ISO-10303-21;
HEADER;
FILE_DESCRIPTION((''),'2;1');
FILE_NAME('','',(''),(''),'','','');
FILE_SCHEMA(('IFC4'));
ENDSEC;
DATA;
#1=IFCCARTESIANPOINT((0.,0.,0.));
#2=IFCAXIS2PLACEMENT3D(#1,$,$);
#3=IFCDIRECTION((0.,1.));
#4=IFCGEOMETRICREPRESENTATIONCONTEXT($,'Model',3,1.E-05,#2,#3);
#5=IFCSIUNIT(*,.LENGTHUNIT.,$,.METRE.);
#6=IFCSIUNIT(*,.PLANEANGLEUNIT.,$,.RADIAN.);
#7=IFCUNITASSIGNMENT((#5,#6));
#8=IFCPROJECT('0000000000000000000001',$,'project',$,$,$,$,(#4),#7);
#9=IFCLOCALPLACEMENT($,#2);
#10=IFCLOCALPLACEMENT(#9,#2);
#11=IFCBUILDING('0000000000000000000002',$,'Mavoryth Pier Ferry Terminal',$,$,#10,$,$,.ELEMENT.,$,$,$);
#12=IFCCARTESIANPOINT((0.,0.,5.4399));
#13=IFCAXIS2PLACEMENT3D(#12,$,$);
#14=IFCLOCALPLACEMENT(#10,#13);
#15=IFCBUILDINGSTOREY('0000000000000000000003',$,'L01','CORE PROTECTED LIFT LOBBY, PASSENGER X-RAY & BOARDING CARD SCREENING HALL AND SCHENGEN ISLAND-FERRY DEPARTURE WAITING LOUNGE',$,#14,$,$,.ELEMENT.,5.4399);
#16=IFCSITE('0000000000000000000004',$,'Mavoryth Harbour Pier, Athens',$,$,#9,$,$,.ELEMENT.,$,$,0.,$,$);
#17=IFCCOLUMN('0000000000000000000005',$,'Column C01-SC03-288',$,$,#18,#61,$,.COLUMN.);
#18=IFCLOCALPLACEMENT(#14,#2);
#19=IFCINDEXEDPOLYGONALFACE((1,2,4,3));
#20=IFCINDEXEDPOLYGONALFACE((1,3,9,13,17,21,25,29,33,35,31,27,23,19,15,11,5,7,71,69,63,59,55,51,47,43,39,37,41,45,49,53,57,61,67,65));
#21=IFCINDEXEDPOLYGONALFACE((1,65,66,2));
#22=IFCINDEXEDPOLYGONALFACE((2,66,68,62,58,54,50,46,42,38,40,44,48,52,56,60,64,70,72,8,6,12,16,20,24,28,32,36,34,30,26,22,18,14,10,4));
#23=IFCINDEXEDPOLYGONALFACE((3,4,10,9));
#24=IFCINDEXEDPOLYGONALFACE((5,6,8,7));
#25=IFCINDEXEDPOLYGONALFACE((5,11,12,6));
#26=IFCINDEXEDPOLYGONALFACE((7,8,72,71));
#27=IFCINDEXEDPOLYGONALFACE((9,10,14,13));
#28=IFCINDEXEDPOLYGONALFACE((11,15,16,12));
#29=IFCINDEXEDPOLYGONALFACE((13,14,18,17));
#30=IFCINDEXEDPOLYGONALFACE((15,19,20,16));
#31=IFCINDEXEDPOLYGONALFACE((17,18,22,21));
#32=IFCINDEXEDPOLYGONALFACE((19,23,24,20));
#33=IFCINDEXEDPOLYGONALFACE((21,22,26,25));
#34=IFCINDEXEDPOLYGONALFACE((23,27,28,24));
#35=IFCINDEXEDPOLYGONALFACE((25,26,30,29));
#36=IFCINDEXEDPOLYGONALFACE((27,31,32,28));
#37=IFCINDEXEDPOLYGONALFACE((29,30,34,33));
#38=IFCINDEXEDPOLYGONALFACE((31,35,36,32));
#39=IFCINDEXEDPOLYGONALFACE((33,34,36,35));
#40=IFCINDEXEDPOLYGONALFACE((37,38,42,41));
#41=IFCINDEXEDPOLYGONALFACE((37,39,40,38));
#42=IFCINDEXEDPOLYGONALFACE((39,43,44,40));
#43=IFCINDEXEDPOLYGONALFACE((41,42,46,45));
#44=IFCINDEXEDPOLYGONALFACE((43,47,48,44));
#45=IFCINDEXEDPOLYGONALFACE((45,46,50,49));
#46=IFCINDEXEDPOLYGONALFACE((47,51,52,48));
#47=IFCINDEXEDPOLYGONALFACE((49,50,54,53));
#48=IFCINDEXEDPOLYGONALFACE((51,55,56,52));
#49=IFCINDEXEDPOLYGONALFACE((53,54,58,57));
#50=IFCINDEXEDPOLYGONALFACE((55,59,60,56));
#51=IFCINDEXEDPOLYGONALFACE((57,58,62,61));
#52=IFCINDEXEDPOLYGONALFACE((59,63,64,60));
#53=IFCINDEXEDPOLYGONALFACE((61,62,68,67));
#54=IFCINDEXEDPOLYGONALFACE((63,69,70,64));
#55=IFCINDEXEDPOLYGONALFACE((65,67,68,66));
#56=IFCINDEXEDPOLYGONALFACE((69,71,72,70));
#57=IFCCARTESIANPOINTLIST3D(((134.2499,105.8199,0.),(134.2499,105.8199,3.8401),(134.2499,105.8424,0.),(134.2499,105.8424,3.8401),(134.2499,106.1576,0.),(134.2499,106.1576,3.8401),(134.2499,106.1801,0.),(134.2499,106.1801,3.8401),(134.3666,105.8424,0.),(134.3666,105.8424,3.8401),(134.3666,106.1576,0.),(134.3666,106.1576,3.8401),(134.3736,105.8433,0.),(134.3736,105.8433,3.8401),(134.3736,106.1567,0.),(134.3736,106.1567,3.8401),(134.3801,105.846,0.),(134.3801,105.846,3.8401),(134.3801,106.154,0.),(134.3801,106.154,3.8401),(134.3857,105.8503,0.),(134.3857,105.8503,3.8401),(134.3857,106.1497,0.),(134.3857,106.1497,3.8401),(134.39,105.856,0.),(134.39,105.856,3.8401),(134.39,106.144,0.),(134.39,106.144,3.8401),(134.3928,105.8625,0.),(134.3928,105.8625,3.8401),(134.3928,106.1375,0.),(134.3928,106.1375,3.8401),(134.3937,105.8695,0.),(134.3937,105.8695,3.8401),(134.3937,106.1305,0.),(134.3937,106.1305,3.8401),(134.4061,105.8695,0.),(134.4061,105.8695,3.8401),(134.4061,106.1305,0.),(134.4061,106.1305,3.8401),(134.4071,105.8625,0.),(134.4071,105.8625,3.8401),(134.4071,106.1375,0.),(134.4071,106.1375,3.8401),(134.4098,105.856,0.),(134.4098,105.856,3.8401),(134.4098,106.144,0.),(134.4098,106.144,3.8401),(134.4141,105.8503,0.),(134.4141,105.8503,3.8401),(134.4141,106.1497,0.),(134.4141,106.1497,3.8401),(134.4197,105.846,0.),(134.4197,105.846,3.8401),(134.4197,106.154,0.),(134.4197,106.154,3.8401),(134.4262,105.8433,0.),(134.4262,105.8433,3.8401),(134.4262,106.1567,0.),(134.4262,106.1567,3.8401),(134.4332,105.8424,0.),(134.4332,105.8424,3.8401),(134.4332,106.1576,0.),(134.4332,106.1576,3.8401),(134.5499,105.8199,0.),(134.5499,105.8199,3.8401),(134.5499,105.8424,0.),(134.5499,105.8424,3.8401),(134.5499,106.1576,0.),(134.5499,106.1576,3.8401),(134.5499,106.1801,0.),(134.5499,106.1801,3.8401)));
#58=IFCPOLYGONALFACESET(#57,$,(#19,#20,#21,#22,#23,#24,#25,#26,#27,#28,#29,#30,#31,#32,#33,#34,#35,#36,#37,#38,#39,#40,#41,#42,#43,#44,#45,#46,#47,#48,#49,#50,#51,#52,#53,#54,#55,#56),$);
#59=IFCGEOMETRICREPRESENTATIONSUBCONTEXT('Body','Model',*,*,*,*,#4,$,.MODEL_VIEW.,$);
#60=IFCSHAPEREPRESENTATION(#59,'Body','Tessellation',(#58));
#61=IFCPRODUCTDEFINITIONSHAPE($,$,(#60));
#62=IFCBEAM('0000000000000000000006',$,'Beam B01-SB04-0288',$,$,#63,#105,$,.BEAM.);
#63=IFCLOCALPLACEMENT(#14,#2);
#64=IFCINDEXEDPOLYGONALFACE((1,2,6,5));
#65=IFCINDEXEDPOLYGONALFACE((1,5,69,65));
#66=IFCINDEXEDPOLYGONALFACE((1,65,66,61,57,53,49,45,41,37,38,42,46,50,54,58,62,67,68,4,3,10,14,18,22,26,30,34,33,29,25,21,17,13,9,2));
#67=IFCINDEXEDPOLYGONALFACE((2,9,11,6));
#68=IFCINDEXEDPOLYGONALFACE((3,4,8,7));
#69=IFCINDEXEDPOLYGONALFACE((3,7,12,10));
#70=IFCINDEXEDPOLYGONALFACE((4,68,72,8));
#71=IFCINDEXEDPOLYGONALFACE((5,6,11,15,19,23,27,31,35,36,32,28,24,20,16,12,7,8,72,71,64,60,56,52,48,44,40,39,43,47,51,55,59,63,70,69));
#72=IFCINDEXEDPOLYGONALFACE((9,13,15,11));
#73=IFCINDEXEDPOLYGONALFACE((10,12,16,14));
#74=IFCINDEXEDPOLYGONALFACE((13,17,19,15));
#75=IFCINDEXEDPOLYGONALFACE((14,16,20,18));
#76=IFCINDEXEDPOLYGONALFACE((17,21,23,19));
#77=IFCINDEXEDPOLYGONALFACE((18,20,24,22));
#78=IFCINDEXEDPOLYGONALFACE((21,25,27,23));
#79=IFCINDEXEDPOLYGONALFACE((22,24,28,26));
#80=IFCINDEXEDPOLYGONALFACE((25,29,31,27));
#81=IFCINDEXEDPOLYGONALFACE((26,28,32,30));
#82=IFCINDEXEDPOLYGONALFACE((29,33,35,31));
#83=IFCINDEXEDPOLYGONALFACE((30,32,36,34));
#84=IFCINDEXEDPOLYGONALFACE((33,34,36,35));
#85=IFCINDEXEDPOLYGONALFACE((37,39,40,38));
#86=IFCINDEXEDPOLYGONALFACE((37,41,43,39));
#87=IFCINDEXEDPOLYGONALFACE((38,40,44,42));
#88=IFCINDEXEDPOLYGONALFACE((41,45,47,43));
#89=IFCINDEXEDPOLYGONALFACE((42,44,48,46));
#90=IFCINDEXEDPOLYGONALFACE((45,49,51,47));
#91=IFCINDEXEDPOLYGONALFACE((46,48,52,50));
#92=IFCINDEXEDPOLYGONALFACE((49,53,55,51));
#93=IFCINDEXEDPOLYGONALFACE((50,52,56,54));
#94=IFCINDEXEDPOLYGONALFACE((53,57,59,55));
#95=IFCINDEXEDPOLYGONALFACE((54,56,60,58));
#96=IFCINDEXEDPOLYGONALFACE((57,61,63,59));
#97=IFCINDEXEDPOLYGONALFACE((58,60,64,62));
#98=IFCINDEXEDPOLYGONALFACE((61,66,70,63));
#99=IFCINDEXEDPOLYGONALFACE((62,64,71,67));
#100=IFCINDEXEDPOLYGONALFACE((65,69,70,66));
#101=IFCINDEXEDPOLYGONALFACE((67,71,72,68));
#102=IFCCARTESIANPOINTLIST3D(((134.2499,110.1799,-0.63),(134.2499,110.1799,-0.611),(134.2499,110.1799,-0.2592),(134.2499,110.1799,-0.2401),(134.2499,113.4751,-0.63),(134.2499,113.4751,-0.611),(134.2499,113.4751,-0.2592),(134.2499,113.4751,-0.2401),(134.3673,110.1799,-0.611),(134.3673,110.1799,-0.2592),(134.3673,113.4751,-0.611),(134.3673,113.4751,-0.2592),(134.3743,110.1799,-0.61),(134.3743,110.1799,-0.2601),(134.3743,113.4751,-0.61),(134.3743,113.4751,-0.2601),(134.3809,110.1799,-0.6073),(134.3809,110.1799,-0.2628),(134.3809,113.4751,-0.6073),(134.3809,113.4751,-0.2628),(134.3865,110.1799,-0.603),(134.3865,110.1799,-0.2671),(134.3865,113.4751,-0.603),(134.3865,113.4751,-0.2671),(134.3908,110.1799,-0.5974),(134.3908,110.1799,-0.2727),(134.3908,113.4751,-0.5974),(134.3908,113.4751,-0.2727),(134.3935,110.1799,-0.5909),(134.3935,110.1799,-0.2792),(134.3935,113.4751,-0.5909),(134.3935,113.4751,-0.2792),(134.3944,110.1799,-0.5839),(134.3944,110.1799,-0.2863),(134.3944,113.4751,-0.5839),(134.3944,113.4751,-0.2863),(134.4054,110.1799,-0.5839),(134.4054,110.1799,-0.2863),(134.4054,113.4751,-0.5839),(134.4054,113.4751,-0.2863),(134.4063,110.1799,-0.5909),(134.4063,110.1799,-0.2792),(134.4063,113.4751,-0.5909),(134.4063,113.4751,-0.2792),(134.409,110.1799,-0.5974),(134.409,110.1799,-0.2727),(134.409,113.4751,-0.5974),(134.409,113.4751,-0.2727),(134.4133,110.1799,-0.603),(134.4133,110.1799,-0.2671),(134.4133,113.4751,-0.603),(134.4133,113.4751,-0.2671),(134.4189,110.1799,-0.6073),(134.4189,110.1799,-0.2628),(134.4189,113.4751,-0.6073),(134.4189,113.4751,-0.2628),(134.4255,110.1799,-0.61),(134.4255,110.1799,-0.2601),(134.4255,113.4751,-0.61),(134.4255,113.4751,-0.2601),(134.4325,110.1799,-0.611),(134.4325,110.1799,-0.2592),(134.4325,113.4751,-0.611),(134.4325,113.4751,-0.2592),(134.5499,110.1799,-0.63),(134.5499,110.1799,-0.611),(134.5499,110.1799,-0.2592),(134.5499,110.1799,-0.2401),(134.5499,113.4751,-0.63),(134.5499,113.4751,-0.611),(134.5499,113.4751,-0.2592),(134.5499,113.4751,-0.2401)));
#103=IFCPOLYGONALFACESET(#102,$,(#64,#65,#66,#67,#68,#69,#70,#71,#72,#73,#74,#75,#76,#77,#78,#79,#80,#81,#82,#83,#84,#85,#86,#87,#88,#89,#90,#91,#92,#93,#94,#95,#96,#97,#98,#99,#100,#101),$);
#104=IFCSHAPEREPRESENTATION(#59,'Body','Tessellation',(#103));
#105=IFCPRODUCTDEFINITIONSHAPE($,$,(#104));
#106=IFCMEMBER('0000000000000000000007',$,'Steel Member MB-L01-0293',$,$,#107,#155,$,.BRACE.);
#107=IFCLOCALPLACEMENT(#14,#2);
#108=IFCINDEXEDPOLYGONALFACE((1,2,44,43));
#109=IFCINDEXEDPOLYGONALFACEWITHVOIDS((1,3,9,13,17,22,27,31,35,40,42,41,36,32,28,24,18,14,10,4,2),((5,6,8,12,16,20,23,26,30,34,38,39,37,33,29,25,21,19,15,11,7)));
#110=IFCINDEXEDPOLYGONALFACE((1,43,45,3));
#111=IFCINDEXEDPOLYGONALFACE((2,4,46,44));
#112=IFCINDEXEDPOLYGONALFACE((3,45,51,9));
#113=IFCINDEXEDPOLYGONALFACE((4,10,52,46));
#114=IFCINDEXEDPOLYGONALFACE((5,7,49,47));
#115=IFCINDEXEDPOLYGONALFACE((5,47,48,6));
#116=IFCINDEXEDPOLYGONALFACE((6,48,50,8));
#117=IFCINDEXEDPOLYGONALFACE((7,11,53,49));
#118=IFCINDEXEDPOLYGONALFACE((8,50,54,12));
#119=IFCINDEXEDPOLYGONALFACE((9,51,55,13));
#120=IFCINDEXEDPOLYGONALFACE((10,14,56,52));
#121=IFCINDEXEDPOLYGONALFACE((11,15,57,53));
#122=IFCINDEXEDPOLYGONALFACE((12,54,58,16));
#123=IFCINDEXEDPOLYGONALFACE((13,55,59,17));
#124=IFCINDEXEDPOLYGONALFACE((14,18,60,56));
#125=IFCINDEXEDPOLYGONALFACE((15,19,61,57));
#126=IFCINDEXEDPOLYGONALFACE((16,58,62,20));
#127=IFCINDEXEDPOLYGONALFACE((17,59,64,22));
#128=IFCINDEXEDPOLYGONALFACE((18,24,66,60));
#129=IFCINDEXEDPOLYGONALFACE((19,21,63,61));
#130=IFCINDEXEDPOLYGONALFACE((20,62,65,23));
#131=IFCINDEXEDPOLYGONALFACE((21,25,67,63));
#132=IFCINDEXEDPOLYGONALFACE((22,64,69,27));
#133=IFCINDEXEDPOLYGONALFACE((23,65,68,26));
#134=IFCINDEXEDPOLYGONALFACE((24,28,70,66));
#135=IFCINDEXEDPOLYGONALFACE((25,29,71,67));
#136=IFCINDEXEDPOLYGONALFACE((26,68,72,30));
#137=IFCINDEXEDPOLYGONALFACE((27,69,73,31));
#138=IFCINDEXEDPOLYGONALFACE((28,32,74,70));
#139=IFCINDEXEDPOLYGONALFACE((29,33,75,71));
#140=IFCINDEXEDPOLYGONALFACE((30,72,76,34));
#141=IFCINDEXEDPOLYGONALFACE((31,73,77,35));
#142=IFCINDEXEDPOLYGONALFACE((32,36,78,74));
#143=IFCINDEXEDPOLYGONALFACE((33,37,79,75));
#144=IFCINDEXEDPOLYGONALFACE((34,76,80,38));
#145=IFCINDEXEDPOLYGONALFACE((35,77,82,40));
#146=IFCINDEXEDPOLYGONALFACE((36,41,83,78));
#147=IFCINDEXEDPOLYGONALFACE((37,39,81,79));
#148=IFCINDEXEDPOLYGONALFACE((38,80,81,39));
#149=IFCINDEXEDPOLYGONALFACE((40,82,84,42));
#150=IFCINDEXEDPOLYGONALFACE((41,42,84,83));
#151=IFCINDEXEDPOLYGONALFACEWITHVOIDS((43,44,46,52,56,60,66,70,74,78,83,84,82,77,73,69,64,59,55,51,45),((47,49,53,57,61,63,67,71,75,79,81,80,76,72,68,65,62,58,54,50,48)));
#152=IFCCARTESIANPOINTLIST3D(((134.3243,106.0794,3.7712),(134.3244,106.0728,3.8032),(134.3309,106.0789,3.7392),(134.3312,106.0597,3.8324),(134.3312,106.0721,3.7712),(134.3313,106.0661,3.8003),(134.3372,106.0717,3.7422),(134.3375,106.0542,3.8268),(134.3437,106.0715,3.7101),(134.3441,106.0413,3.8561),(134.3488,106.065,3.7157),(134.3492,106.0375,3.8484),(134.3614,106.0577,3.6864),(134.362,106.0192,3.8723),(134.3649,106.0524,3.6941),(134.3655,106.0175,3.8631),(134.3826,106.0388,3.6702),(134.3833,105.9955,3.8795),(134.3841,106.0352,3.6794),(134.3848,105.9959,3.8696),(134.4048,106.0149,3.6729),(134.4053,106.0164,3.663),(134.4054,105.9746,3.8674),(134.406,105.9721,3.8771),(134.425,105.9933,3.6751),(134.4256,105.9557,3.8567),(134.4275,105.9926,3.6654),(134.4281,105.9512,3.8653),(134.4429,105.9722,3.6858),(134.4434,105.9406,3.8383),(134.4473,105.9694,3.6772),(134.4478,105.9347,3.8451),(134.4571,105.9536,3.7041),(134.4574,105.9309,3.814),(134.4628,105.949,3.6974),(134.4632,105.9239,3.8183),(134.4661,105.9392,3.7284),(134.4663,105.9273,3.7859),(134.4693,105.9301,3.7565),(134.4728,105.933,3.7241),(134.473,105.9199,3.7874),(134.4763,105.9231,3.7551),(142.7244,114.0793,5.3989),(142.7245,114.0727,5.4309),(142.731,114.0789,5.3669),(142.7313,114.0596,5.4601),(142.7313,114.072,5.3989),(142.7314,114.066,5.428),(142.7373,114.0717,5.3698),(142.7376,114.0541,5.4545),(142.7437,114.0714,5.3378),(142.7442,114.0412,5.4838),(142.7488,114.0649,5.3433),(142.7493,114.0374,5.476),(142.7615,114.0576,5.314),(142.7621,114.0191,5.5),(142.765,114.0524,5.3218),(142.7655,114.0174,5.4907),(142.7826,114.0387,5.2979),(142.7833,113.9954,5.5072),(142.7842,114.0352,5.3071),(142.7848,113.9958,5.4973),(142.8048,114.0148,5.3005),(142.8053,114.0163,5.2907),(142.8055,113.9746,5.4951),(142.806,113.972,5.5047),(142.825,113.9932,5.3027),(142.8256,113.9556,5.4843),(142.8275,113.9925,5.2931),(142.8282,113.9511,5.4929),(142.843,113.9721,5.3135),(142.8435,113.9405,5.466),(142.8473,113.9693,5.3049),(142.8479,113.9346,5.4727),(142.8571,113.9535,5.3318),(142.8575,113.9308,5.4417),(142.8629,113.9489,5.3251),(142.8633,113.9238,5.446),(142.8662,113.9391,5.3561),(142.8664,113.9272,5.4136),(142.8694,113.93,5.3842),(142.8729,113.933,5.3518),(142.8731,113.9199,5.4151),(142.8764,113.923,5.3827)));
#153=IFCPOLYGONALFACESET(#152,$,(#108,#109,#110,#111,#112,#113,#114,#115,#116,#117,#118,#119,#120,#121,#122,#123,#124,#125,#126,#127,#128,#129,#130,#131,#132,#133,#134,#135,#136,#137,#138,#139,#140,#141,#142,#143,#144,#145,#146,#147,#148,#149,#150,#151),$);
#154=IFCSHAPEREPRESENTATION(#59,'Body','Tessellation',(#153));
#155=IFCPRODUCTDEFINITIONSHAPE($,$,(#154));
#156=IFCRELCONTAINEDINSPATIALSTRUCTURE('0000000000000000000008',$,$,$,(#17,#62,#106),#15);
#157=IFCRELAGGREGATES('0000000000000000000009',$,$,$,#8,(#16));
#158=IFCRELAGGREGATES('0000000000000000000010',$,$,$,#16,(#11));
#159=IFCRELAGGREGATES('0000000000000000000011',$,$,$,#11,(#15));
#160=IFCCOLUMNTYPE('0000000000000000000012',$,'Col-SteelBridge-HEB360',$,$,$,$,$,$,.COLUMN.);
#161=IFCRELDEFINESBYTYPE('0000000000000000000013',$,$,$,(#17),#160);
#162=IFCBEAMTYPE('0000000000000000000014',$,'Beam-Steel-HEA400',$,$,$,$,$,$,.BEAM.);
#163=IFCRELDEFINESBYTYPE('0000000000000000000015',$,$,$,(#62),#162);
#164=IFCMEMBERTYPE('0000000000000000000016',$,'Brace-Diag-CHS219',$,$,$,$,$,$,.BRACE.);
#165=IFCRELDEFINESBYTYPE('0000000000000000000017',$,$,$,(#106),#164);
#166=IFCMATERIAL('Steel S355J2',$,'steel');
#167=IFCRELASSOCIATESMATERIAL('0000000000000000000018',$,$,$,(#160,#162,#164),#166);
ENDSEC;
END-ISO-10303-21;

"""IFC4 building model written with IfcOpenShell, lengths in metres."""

from ifc_helpers import new_model, si_unit, direction, frame, origin, origin_2d, place, context, subcontext, project, spatial, hollow_circle, i_section, extrude, material, material_profile, profile_set, type_object, element, save


model = new_model("IFC4")

# Units and contexts
model_context = context("Model", 3, precision=1e-05, world=origin(), true_north=direction((0.0, 1.0)))
body_context = subcontext(model_context, "Body", "Model", "MODEL_VIEW")
ifc_project = project(units=[si_unit("LENGTHUNIT", "METRE"), si_unit("PLANEANGLEUNIT", "RADIAN")], contexts=[model_context])

# Site, building, storey
site_placement = place(None, origin())
site = spatial("IfcSite", under=ifc_project, at=site_placement, Name="Mavoryth Harbour Pier, Athens", CompositionType="ELEMENT", RefElevation=0.0)
building_placement = place(site_placement, origin())
building = spatial("IfcBuilding", under=site, at=building_placement, Name="Mavoryth Pier Ferry Terminal", CompositionType="ELEMENT")
storey_placement = place(building_placement, frame((0.0, 0.0, 5.4399)))
storey = spatial("IfcBuildingStorey", under=building, at=storey_placement, Name="L01", Description="CORE PROTECTED LIFT LOBBY, PASSENGER X-RAY & BOARDING CARD SCREENING HALL AND SCHENGEN ISLAND-FERRY DEPARTURE WAITING LOUNGE", CompositionType="ELEMENT", Elevation=5.4399)

# Column
ifc_material_1 = material(Name="Steel S355J2", Category="steel")
ifc_material_profile_1 = material_profile(ifc_material_1, i_section(OverallWidth=0.3, OverallDepth=0.3601, WebThickness=0.0125, FlangeThickness=0.0225, FilletRadius=0.0271, at=origin_2d()), Name="HEB 360", Category="steel")
ifc_profile_set_1 = profile_set([ifc_material_profile_1], Name="Steel S355J2 - HEB 360")
column_type = type_object("IfcColumnType", Name="Col-SteelBridge-HEB360", PredefinedType="COLUMN", material=ifc_profile_set_1)
column_placement = place(storey_placement, frame((134.3999, 106.0, 0.0), z_axis=(0.0, 0.0, 1.0), x_axis=(1.0, 0.0, 0.0)))
element("IfcColumn", 1, at=column_placement, inside=storey, type_object=column_type, Name="Column C01-SC03-288", PredefinedType="COLUMN", context=body_context, shape_type="SweptSolid", body=[
    extrude(i_section(OverallWidth=0.3, OverallDepth=0.3601, WebThickness=0.0125, FlangeThickness=0.0225, FilletRadius=0.0271, at=origin_2d()), origin(), (0.0, 0.0, 1.0), 3.8401),
])

# Beam
ifc_material_profile_2 = material_profile(ifc_material_1, i_section(OverallWidth=0.3, OverallDepth=0.3899, WebThickness=0.011, FlangeThickness=0.019, FilletRadius=0.0271, at=origin_2d()), Name="HEA 400", Category="steel")
ifc_profile_set_2 = profile_set([ifc_material_profile_2], Name="Steel S355J2 - HEA 400")
beam_type_1 = type_object("IfcBeamType", Name="Beam-Steel-HEA400", PredefinedType="BEAM", material=ifc_profile_set_2)
beam_1_placement = place(storey_placement, frame((134.3999, 110.1799, -0.4351), z_axis=(0.0, 1.0, 0.0), x_axis=(-1.0, 0.0, 0.0)))
element("IfcBeam", 2, at=beam_1_placement, inside=storey, type_object=beam_type_1, Name="Beam B01-SB04-0288", PredefinedType="BEAM", context=body_context, shape_type="SweptSolid", body=[
    extrude(i_section(OverallWidth=0.3, OverallDepth=0.3899, WebThickness=0.011, FlangeThickness=0.019, FilletRadius=0.0271, at=origin_2d()), origin(), (0.0, 0.0, 1.0), 3.2952),
])

# Member
ifc_material_profile_3 = material_profile(ifc_material_1, hollow_circle(Radius=0.1096, WallThickness=0.01, at=origin_2d()), Name="CHS 219.1x10.0", Category="steel")
ifc_profile_set_3 = profile_set([ifc_material_profile_3], Name="Steel S355J2 - CHS 219.1x10.0")
member_type_1 = type_object("IfcMemberType", Name="Brace-Diag-CHS219", PredefinedType="BRACE", material=ifc_profile_set_3)
member_1_placement = place(storey_placement, frame((134.3999, 106.0, 3.7712), z_axis=(0.717119, 0.682958, 0.138955), x_axis=(-0.689649, 0.724144, 0.0)))
element("IfcMember", 3, at=member_1_placement, inside=storey, type_object=member_type_1, Name="Steel Member MB-L01-0293", PredefinedType="BRACE", context=body_context, shape_type="SweptSolid", body=[
    extrude(hollow_circle(Radius=0.1096, WallThickness=0.01, at=origin_2d()), origin(), (0.0, 0.0, 1.0), 11.7136),
])

save(model, "model.ifc")
